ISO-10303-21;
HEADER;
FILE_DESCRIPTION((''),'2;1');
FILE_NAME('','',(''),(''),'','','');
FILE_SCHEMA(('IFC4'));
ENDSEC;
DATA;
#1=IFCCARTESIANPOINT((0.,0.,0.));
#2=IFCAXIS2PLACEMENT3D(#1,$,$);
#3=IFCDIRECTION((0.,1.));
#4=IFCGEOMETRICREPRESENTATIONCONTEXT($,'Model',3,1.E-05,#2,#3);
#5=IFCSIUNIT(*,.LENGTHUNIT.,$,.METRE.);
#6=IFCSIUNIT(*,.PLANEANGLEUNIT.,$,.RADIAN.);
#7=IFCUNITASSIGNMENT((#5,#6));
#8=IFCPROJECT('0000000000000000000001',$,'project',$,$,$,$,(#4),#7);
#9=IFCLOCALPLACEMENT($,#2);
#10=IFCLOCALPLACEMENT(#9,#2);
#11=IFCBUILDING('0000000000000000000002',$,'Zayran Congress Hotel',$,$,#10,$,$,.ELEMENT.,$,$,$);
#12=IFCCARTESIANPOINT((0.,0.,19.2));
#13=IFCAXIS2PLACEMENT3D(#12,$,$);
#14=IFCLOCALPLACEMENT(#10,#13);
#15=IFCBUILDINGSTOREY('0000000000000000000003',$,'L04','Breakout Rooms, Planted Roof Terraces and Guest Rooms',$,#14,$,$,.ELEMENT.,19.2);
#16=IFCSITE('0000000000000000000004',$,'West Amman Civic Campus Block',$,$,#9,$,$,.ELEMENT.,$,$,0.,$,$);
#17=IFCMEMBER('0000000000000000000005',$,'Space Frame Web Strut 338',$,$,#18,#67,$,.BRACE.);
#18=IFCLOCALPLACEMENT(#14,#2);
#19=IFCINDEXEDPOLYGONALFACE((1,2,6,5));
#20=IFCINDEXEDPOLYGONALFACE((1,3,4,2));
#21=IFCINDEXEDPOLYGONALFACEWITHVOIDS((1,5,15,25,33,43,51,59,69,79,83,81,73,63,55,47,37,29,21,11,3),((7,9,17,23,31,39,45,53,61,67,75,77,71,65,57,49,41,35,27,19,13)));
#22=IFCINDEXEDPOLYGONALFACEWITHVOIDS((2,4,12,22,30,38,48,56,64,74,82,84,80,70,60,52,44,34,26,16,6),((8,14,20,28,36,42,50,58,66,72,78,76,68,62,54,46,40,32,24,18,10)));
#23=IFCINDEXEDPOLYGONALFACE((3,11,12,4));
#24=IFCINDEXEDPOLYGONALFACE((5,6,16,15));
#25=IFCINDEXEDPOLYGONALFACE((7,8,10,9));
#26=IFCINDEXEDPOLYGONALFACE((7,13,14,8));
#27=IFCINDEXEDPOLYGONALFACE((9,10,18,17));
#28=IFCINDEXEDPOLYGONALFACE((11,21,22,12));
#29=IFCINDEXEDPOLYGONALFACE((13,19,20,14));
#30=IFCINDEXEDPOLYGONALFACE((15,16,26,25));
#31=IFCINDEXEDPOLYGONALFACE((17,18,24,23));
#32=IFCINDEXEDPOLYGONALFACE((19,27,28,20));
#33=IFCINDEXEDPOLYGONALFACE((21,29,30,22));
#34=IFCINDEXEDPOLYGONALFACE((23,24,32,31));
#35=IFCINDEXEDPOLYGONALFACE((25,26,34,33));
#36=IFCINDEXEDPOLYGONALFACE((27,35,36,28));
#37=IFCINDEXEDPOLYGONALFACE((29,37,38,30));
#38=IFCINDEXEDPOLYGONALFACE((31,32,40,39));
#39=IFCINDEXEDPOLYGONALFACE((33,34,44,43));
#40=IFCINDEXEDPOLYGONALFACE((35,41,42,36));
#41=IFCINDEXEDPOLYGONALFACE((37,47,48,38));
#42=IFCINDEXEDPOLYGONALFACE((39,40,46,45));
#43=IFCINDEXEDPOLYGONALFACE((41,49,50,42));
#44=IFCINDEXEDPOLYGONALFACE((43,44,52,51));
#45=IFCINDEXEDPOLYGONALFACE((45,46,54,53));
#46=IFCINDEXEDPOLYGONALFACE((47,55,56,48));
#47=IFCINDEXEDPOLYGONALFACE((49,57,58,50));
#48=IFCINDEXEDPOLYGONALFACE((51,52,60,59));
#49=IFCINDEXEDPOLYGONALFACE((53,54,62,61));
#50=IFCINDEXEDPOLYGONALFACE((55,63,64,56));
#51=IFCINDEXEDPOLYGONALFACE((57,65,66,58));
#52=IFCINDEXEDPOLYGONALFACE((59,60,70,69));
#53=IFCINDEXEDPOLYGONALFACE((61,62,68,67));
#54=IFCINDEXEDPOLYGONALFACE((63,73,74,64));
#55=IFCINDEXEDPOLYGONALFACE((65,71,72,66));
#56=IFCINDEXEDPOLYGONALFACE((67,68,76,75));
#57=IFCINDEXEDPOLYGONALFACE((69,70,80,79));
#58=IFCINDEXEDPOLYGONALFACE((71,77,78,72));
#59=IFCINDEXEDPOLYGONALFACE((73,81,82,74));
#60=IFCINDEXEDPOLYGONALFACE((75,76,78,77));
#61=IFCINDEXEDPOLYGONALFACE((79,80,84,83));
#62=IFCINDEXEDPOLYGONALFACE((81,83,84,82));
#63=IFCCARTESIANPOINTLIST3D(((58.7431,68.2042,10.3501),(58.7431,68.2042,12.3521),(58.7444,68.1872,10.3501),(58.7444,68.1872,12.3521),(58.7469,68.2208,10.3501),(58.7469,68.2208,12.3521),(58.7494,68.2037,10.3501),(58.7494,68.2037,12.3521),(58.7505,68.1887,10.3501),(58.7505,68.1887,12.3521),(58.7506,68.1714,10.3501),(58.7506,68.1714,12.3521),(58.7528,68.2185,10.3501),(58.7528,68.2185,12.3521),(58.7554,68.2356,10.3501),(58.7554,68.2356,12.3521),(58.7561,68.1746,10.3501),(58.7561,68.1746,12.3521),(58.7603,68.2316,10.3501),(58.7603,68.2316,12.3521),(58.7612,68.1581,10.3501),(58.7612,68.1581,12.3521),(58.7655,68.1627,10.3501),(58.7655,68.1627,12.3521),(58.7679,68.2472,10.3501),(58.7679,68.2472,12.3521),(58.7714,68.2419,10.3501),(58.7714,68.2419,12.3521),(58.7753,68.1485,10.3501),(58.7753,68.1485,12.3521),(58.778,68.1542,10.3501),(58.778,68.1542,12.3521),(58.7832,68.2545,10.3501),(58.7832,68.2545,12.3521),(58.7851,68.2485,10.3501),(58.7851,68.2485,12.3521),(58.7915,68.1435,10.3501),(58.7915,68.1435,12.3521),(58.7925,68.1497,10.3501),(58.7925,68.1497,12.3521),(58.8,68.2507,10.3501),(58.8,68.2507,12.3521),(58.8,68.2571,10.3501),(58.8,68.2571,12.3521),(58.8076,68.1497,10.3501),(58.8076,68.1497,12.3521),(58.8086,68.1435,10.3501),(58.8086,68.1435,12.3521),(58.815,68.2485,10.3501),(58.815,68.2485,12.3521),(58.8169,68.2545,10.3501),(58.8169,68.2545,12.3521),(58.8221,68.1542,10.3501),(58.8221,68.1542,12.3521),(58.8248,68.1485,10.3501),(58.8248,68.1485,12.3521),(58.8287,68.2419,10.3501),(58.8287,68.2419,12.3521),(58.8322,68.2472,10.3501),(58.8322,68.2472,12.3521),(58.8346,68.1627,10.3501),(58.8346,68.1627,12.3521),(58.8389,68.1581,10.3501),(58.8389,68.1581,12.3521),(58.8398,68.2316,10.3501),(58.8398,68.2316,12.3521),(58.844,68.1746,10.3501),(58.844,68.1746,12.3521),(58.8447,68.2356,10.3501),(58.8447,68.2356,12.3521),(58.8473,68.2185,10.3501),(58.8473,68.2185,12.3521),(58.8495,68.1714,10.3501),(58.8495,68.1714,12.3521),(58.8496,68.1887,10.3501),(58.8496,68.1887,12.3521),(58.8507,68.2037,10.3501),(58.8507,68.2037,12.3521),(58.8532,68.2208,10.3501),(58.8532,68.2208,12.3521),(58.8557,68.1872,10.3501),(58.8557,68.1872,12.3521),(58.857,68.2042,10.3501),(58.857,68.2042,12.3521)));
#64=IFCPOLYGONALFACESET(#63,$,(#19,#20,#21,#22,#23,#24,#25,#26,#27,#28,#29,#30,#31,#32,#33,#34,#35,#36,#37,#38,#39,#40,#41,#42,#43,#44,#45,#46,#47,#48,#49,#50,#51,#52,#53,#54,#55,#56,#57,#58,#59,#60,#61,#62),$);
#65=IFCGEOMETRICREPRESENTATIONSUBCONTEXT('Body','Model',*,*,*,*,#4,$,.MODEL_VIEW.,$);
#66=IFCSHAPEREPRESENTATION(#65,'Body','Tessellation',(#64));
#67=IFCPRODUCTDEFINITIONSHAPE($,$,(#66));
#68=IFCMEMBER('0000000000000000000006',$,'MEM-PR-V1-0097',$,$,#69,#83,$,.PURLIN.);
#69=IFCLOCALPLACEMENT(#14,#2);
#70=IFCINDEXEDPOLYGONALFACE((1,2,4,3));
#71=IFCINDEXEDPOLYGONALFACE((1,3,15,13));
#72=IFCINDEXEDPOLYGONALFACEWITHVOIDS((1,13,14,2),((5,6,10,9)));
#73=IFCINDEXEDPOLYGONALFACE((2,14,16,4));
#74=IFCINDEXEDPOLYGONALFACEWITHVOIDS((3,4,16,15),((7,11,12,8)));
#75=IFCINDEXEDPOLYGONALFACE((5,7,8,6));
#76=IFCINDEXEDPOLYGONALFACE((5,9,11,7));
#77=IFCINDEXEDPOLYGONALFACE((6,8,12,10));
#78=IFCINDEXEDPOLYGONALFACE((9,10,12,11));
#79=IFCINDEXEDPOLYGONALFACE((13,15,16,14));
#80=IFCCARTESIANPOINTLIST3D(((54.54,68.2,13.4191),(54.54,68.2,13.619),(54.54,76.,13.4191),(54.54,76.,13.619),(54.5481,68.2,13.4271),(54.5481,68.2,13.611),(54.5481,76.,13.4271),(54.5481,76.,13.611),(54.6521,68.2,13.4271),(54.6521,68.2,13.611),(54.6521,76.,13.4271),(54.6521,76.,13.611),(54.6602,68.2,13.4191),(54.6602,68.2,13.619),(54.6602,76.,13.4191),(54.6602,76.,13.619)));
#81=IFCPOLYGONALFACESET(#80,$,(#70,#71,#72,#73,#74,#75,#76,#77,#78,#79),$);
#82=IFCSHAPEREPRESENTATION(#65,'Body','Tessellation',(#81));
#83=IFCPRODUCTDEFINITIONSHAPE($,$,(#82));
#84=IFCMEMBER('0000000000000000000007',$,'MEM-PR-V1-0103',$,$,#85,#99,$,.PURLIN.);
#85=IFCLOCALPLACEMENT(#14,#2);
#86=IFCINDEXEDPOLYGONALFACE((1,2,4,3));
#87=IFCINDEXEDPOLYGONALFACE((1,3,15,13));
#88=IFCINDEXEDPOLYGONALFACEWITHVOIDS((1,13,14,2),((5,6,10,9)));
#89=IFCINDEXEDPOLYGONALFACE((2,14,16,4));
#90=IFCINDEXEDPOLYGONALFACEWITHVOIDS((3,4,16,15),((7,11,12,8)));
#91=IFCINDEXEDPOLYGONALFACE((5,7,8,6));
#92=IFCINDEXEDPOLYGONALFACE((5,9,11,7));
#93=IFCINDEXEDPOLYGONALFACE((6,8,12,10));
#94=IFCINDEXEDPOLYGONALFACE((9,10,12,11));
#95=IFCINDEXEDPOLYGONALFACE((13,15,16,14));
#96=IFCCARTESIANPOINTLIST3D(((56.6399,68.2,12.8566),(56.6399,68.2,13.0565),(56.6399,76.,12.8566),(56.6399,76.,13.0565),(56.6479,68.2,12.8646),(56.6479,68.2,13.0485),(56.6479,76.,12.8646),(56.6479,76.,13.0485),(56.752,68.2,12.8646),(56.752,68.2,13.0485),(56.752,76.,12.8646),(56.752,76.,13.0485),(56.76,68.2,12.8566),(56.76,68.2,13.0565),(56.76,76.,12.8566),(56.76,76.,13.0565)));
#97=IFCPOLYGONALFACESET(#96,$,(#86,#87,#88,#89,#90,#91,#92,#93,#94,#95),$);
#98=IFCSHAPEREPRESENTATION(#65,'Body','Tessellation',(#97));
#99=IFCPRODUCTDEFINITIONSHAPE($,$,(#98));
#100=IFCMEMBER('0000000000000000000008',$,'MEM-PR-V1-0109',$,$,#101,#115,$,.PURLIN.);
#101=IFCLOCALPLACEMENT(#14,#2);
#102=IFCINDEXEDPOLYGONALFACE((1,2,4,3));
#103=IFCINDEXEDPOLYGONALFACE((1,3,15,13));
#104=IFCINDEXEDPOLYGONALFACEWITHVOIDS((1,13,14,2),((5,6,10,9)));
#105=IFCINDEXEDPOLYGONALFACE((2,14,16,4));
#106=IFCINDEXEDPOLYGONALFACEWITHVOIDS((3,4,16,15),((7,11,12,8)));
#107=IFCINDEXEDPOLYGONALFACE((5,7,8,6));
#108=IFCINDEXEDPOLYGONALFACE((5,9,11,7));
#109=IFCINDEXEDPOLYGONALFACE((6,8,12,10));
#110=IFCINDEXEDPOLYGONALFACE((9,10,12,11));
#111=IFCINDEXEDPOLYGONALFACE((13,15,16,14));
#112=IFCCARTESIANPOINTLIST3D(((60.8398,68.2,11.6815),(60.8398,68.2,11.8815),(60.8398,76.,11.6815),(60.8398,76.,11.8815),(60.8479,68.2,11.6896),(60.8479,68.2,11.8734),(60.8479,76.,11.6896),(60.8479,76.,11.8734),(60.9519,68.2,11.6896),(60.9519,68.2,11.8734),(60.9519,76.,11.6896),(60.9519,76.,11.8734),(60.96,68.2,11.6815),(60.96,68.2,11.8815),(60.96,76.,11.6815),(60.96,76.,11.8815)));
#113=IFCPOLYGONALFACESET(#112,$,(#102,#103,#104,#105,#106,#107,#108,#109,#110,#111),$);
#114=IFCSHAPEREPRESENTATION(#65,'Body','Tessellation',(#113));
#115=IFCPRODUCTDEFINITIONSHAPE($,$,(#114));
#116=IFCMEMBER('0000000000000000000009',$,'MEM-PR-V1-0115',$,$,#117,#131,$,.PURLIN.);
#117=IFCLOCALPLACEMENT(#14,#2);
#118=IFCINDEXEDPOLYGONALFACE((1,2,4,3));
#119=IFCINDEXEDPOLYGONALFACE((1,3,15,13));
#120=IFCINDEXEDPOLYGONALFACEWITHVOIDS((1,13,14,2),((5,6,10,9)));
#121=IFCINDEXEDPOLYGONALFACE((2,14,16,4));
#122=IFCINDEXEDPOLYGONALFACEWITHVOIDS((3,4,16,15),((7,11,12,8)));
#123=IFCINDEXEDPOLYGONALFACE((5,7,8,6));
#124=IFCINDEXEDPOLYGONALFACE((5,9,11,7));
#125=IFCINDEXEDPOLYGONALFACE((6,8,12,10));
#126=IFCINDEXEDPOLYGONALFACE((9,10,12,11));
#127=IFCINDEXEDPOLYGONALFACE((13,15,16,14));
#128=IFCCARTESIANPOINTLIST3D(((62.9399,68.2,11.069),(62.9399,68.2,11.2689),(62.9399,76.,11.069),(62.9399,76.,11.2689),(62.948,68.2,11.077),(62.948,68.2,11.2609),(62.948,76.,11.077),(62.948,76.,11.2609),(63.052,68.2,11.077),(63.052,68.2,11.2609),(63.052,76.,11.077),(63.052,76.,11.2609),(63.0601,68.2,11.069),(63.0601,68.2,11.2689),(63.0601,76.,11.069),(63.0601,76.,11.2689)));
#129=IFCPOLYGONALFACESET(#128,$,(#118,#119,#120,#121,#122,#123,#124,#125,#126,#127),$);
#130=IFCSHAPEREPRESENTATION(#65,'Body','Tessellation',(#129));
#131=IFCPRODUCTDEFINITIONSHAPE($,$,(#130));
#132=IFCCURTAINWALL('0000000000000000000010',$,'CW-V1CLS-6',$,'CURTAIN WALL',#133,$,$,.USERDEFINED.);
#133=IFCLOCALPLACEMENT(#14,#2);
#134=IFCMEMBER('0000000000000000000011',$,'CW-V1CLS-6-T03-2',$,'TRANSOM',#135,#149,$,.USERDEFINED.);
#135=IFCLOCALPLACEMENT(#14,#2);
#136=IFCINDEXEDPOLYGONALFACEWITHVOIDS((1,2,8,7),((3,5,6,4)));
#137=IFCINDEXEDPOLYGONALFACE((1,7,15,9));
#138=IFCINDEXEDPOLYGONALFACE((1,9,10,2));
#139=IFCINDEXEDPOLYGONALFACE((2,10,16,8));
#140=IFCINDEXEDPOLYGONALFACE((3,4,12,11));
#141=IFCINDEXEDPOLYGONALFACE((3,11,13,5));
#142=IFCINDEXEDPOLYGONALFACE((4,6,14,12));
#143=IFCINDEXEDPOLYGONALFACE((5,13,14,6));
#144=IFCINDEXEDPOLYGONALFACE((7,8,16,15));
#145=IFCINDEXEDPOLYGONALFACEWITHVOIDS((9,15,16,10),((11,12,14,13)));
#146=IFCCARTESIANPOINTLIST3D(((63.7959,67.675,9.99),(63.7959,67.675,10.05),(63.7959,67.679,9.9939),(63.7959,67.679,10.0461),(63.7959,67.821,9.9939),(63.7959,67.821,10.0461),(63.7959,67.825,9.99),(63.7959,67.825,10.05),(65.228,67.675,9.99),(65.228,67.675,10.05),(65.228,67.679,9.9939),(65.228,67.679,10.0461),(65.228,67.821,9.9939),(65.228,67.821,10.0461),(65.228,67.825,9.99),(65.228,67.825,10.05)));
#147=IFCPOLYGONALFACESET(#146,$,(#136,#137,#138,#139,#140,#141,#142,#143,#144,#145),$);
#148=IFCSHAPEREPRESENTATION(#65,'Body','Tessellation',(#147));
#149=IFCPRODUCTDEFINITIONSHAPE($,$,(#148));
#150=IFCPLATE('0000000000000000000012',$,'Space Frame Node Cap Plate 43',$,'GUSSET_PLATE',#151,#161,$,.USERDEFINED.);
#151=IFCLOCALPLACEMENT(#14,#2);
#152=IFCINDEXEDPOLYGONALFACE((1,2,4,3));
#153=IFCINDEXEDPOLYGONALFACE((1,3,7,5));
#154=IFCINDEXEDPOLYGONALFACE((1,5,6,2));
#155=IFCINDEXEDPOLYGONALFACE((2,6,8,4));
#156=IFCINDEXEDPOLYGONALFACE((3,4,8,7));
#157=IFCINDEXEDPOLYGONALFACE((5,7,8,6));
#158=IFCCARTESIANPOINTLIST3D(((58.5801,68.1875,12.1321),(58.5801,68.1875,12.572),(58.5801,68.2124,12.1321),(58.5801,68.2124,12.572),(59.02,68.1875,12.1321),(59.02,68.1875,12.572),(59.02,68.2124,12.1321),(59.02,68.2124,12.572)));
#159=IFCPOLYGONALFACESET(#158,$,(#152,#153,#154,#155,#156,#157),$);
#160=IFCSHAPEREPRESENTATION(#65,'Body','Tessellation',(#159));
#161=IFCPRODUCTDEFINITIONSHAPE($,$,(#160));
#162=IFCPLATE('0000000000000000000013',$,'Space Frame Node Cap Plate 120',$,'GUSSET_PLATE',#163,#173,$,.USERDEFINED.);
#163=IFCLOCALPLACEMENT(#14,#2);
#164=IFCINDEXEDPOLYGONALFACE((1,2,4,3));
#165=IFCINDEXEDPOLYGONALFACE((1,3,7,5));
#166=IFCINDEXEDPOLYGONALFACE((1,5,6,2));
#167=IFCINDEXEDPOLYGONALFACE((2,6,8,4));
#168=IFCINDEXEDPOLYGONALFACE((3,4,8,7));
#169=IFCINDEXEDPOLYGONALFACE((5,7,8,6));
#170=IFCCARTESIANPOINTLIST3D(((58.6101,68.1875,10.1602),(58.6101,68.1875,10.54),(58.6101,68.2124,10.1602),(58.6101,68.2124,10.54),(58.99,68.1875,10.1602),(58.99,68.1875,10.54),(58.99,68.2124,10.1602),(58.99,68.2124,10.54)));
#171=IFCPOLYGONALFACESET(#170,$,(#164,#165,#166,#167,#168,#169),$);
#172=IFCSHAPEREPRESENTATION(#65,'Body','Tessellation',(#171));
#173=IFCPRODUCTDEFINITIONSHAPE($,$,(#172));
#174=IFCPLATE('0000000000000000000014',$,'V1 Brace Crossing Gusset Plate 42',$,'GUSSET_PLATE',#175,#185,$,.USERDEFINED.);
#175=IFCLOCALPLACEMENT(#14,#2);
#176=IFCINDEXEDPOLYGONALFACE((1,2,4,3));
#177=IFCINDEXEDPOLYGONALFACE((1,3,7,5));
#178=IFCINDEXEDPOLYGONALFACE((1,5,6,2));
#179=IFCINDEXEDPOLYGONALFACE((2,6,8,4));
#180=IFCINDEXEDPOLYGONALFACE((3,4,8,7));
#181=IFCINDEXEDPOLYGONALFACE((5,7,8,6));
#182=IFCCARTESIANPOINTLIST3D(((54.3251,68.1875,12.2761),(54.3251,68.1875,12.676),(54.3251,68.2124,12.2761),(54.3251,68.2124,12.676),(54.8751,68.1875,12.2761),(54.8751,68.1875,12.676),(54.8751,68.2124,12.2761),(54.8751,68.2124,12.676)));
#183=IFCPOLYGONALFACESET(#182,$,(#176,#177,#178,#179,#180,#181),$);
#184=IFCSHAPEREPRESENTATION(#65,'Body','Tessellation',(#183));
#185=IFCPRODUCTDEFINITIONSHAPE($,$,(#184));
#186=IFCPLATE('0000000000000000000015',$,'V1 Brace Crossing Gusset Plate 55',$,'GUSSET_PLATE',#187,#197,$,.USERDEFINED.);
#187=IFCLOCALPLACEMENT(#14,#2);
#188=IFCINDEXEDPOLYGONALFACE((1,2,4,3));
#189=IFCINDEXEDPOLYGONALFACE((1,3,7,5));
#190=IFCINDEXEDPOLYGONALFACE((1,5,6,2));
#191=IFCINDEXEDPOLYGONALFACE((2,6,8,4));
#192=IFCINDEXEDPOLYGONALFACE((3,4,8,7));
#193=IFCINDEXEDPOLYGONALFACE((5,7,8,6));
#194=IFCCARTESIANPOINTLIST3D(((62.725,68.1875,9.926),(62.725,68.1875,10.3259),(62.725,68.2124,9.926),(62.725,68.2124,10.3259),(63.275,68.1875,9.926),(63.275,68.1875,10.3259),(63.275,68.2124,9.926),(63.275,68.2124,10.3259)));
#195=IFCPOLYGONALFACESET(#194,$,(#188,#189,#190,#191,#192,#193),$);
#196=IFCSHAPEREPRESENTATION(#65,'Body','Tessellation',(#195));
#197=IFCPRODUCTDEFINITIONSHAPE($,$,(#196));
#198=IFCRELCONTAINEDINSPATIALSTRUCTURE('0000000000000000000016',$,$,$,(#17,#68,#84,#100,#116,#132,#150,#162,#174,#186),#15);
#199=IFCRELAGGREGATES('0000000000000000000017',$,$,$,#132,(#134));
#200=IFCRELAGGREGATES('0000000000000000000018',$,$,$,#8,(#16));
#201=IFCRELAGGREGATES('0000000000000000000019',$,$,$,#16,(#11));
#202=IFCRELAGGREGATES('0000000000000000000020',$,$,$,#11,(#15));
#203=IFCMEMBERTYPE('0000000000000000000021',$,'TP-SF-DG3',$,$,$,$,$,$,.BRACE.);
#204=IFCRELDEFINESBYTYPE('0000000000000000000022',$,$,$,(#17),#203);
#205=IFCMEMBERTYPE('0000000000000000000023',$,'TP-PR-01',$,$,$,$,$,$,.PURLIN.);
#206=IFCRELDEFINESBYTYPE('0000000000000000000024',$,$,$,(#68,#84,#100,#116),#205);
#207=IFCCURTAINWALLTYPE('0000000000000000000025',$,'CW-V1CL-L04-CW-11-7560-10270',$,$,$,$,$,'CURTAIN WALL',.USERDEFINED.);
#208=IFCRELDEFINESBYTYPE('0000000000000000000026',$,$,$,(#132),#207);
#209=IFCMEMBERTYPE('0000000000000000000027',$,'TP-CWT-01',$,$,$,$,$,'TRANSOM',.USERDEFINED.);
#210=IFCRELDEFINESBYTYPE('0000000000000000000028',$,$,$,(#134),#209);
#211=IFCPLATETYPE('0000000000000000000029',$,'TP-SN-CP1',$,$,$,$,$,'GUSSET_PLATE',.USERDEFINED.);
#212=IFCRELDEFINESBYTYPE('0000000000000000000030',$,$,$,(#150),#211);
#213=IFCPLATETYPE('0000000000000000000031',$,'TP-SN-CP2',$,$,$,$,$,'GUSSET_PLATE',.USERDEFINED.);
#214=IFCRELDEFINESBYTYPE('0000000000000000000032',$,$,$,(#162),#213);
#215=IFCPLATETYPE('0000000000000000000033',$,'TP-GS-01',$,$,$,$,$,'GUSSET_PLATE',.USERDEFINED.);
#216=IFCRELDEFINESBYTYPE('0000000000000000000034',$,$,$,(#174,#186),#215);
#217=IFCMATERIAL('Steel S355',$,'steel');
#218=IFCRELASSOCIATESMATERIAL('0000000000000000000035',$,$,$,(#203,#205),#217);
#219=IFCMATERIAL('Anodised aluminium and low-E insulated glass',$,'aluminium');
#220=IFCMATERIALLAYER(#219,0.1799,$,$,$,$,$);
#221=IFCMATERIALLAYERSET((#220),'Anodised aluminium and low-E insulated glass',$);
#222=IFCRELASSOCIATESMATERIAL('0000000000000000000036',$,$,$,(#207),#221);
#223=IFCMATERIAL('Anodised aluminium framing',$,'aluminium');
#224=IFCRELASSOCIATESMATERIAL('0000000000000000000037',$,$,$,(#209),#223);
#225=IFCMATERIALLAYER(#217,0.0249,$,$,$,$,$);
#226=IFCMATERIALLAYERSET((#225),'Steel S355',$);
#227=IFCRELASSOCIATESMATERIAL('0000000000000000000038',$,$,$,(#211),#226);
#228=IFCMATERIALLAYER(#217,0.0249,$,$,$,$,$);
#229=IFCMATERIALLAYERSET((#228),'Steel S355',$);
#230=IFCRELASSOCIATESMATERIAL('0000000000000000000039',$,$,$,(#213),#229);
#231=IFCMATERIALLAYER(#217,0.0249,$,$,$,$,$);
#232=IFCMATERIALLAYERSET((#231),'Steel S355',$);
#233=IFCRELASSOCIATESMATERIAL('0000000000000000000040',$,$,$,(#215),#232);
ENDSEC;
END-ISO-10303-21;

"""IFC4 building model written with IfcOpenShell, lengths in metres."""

from ifc_helpers import new_model, si_unit, direction, frame, origin, origin_2d, place, context, subcontext, project, spatial, rectangle, hollow_rectangle, hollow_circle, extrude, material, layer, layer_set, material_profile, profile_set, type_object, element, aggregate, save


model = new_model("IFC4")

# Units and contexts
model_context = context("Model", 3, precision=1e-05, world=origin(), true_north=direction((0.0, 1.0)))
body_context = subcontext(model_context, "Body", "Model", "MODEL_VIEW")
ifc_project = project(units=[si_unit("LENGTHUNIT", "METRE"), si_unit("PLANEANGLEUNIT", "RADIAN")], contexts=[model_context])

# Site, building, storey
site_placement = place(None, origin())
site = spatial("IfcSite", under=ifc_project, at=site_placement, Name="West Amman Civic Campus Block", CompositionType="ELEMENT", RefElevation=0.0)
building_placement = place(site_placement, origin())
building = spatial("IfcBuilding", under=site, at=building_placement, Name="Zayran Congress Hotel", CompositionType="ELEMENT")
storey_placement = place(building_placement, frame((0.0, 0.0, 19.2)))
storey = spatial("IfcBuildingStorey", under=building, at=storey_placement, Name="L04", Description="Breakout Rooms, Planted Roof Terraces and Guest Rooms", CompositionType="ELEMENT", Elevation=19.2)

# Shared definitions
ifc_material_1 = material(Name="Steel S355", Category="steel")

# Members
ifc_material_profile_1 = material_profile(ifc_material_1, hollow_circle(Radius=0.0571, WallThickness=0.0063, at=origin_2d()), Name="CHS 114.3x6.3")
ifc_profile_set_1 = profile_set([ifc_material_profile_1], Name="Steel S355")
member_type_1 = type_object("IfcMemberType", Name="TP-SF-DG3", PredefinedType="BRACE", material=ifc_profile_set_1)
member_1_placement = place(storey_placement, frame((58.8, 68.2, 10.3501), z_axis=(0.0, 0.0, 1.0), x_axis=(0.0, 1.0, 0.0)))
element("IfcMember", 1, at=member_1_placement, inside=storey, type_object=member_type_1, Name="Space Frame Web Strut 338", PredefinedType="BRACE", context=body_context, shape_type="SweptSolid", body=[
    extrude(hollow_circle(Radius=0.0571, WallThickness=0.0063, at=origin_2d()), origin(), (0.0, 0.0, 1.0), 2.002),
])
ifc_material_profile_2 = material_profile(ifc_material_1, hollow_rectangle(XDim=0.1201, YDim=0.2, WallThickness=0.0081, at=origin_2d()), Name="RHS 200x120x8")
ifc_profile_set_2 = profile_set([ifc_material_profile_2], Name="Steel S355")
member_type_2 = type_object("IfcMemberType", Name="TP-PR-01", PredefinedType="PURLIN", material=ifc_profile_set_2)
for number, where, z_axis, x_axis, name in (
    (2, (54.6001, 68.2, 13.519), (0.0, 1.0, 0.0), (-1.0, 0.0, 0.0), "MEM-PR-V1-0097"),
    (3, (56.7, 68.2, 12.9565), (0.0, 1.0, 0.0), (-1.0, 0.0, 0.0), "MEM-PR-V1-0103"),
    (4, (60.8999, 68.2, 11.7815), (0.0, 1.0, 0.0), (-1.0, 0.0, 0.0), "MEM-PR-V1-0109"),
    (5, (63.0, 68.2, 11.1689), (0.0, 1.0, 0.0), (-1.0, 0.0, 0.0), "MEM-PR-V1-0115"),
):
    element("IfcMember", number, at=place(storey_placement, frame(where, z_axis=z_axis, x_axis=x_axis)), inside=storey, type_object=member_type_2, Name=name, PredefinedType="PURLIN", context=body_context, shape_type="SweptSolid", body=[
        extrude(hollow_rectangle(XDim=0.1201, YDim=0.2, WallThickness=0.0081, at=origin_2d()), origin(), (0.0, 0.0, 1.0), 7.8),
    ])

# Curtain wall, member
ifc_material_2 = material(Name="Anodised aluminium and low-E insulated glass", Category="aluminium")
ifc_layer_1 = layer(ifc_material_2, 0.1799)
ifc_layer_set_1 = layer_set([ifc_layer_1], Name="Anodised aluminium and low-E insulated glass")
curtain_wall_type = type_object("IfcCurtainWallType", Name="CW-V1CL-L04-CW-11-7560-10270", ElementType="CURTAIN WALL", PredefinedType="USERDEFINED", material=ifc_layer_set_1)
curtain_wall_placement = place(storey_placement, origin())
curtain_wall = element("IfcCurtainWall", 6, at=curtain_wall_placement, inside=storey, type_object=curtain_wall_type, Name="CW-V1CLS-6", ObjectType="CURTAIN WALL", PredefinedType="USERDEFINED")
ifc_material_3 = material(Name="Anodised aluminium framing", Category="aluminium")
ifc_material_profile_3 = material_profile(ifc_material_3, hollow_rectangle(XDim=0.0601, YDim=0.1499, WallThickness=0.0039, at=origin_2d()), Name="RHS 150x60x4")
ifc_profile_set_3 = profile_set([ifc_material_profile_3], Name="Anodised aluminium framing")
member_type_3 = type_object("IfcMemberType", Name="TP-CWT-01", ElementType="TRANSOM", PredefinedType="USERDEFINED", material=ifc_profile_set_3)
member_2_placement = place(storey_placement, frame((63.7959, 67.75, 10.02), z_axis=(1.0, 0.0, 0.0), x_axis=(0.0, 0.0, 1.0)))
member_2 = element("IfcMember", 7, at=member_2_placement, type_object=member_type_3, Name="CW-V1CLS-6-T03-2", ObjectType="TRANSOM", PredefinedType="USERDEFINED", context=body_context, shape_type="SweptSolid", body=[
    extrude(hollow_rectangle(XDim=0.0601, YDim=0.1499, WallThickness=0.0039, at=origin_2d()), origin(), (0.0, 0.0, 1.0), 1.4321),
])

# Plates
ifc_layer_2 = layer(ifc_material_1, 0.0249)
ifc_layer_set_2 = layer_set([ifc_layer_2], Name="Steel S355")
plate_type_1 = type_object("IfcPlateType", Name="TP-SN-CP1", ElementType="GUSSET_PLATE", PredefinedType="USERDEFINED", material=ifc_layer_set_2)
plate_1_placement = place(storey_placement, frame((58.8, 68.2, 12.1321), z_axis=(0.0, 0.0, 1.0), x_axis=(1.0, 0.0, 0.0)))
element("IfcPlate", 8, at=plate_1_placement, inside=storey, type_object=plate_type_1, Name="Space Frame Node Cap Plate 43", ObjectType="GUSSET_PLATE", PredefinedType="USERDEFINED", context=body_context, shape_type="SweptSolid", body=[
    extrude(rectangle(XDim=0.4399, YDim=0.0249, at=origin_2d()), origin(), (0.0, 0.0, 1.0), 0.4399),
])
ifc_layer_3 = layer(ifc_material_1, 0.0249)
ifc_layer_set_3 = layer_set([ifc_layer_3], Name="Steel S355")
plate_type_2 = type_object("IfcPlateType", Name="TP-SN-CP2", ElementType="GUSSET_PLATE", PredefinedType="USERDEFINED", material=ifc_layer_set_3)
plate_2_placement = place(storey_placement, frame((58.8, 68.2, 10.1602), z_axis=(0.0, 0.0, 1.0), x_axis=(1.0, 0.0, 0.0)))
element("IfcPlate", 9, at=plate_2_placement, inside=storey, type_object=plate_type_2, Name="Space Frame Node Cap Plate 120", ObjectType="GUSSET_PLATE", PredefinedType="USERDEFINED", context=body_context, shape_type="SweptSolid", body=[
    extrude(rectangle(XDim=0.3799, YDim=0.0249, at=origin_2d()), origin(), (0.0, 0.0, 1.0), 0.3799),
])
ifc_layer_4 = layer(ifc_material_1, 0.0249)
ifc_layer_set_4 = layer_set([ifc_layer_4], Name="Steel S355")
plate_type_3 = type_object("IfcPlateType", Name="TP-GS-01", ElementType="GUSSET_PLATE", PredefinedType="USERDEFINED", material=ifc_layer_set_4)
for number, where, z_axis, x_axis, name in (
    (10, (54.6001, 68.2, 12.2761), (0.0, 0.0, 1.0), (1.0, 0.0, 0.0), "V1 Brace Crossing Gusset Plate 42"),
    (11, (63.0, 68.2, 9.926), (0.0, 0.0, 1.0), (1.0, 0.0, 0.0), "V1 Brace Crossing Gusset Plate 55"),
):
    element("IfcPlate", number, at=place(storey_placement, frame(where, z_axis=z_axis, x_axis=x_axis)), inside=storey, type_object=plate_type_3, Name=name, ObjectType="GUSSET_PLATE", PredefinedType="USERDEFINED", context=body_context, shape_type="SweptSolid", body=[
        extrude(rectangle(XDim=0.55, YDim=0.0249, at=origin_2d()), origin(), (0.0, 0.0, 1.0), 0.3999),
    ])

aggregate(curtain_wall, [member_2])

save(model, "model.ifc")
